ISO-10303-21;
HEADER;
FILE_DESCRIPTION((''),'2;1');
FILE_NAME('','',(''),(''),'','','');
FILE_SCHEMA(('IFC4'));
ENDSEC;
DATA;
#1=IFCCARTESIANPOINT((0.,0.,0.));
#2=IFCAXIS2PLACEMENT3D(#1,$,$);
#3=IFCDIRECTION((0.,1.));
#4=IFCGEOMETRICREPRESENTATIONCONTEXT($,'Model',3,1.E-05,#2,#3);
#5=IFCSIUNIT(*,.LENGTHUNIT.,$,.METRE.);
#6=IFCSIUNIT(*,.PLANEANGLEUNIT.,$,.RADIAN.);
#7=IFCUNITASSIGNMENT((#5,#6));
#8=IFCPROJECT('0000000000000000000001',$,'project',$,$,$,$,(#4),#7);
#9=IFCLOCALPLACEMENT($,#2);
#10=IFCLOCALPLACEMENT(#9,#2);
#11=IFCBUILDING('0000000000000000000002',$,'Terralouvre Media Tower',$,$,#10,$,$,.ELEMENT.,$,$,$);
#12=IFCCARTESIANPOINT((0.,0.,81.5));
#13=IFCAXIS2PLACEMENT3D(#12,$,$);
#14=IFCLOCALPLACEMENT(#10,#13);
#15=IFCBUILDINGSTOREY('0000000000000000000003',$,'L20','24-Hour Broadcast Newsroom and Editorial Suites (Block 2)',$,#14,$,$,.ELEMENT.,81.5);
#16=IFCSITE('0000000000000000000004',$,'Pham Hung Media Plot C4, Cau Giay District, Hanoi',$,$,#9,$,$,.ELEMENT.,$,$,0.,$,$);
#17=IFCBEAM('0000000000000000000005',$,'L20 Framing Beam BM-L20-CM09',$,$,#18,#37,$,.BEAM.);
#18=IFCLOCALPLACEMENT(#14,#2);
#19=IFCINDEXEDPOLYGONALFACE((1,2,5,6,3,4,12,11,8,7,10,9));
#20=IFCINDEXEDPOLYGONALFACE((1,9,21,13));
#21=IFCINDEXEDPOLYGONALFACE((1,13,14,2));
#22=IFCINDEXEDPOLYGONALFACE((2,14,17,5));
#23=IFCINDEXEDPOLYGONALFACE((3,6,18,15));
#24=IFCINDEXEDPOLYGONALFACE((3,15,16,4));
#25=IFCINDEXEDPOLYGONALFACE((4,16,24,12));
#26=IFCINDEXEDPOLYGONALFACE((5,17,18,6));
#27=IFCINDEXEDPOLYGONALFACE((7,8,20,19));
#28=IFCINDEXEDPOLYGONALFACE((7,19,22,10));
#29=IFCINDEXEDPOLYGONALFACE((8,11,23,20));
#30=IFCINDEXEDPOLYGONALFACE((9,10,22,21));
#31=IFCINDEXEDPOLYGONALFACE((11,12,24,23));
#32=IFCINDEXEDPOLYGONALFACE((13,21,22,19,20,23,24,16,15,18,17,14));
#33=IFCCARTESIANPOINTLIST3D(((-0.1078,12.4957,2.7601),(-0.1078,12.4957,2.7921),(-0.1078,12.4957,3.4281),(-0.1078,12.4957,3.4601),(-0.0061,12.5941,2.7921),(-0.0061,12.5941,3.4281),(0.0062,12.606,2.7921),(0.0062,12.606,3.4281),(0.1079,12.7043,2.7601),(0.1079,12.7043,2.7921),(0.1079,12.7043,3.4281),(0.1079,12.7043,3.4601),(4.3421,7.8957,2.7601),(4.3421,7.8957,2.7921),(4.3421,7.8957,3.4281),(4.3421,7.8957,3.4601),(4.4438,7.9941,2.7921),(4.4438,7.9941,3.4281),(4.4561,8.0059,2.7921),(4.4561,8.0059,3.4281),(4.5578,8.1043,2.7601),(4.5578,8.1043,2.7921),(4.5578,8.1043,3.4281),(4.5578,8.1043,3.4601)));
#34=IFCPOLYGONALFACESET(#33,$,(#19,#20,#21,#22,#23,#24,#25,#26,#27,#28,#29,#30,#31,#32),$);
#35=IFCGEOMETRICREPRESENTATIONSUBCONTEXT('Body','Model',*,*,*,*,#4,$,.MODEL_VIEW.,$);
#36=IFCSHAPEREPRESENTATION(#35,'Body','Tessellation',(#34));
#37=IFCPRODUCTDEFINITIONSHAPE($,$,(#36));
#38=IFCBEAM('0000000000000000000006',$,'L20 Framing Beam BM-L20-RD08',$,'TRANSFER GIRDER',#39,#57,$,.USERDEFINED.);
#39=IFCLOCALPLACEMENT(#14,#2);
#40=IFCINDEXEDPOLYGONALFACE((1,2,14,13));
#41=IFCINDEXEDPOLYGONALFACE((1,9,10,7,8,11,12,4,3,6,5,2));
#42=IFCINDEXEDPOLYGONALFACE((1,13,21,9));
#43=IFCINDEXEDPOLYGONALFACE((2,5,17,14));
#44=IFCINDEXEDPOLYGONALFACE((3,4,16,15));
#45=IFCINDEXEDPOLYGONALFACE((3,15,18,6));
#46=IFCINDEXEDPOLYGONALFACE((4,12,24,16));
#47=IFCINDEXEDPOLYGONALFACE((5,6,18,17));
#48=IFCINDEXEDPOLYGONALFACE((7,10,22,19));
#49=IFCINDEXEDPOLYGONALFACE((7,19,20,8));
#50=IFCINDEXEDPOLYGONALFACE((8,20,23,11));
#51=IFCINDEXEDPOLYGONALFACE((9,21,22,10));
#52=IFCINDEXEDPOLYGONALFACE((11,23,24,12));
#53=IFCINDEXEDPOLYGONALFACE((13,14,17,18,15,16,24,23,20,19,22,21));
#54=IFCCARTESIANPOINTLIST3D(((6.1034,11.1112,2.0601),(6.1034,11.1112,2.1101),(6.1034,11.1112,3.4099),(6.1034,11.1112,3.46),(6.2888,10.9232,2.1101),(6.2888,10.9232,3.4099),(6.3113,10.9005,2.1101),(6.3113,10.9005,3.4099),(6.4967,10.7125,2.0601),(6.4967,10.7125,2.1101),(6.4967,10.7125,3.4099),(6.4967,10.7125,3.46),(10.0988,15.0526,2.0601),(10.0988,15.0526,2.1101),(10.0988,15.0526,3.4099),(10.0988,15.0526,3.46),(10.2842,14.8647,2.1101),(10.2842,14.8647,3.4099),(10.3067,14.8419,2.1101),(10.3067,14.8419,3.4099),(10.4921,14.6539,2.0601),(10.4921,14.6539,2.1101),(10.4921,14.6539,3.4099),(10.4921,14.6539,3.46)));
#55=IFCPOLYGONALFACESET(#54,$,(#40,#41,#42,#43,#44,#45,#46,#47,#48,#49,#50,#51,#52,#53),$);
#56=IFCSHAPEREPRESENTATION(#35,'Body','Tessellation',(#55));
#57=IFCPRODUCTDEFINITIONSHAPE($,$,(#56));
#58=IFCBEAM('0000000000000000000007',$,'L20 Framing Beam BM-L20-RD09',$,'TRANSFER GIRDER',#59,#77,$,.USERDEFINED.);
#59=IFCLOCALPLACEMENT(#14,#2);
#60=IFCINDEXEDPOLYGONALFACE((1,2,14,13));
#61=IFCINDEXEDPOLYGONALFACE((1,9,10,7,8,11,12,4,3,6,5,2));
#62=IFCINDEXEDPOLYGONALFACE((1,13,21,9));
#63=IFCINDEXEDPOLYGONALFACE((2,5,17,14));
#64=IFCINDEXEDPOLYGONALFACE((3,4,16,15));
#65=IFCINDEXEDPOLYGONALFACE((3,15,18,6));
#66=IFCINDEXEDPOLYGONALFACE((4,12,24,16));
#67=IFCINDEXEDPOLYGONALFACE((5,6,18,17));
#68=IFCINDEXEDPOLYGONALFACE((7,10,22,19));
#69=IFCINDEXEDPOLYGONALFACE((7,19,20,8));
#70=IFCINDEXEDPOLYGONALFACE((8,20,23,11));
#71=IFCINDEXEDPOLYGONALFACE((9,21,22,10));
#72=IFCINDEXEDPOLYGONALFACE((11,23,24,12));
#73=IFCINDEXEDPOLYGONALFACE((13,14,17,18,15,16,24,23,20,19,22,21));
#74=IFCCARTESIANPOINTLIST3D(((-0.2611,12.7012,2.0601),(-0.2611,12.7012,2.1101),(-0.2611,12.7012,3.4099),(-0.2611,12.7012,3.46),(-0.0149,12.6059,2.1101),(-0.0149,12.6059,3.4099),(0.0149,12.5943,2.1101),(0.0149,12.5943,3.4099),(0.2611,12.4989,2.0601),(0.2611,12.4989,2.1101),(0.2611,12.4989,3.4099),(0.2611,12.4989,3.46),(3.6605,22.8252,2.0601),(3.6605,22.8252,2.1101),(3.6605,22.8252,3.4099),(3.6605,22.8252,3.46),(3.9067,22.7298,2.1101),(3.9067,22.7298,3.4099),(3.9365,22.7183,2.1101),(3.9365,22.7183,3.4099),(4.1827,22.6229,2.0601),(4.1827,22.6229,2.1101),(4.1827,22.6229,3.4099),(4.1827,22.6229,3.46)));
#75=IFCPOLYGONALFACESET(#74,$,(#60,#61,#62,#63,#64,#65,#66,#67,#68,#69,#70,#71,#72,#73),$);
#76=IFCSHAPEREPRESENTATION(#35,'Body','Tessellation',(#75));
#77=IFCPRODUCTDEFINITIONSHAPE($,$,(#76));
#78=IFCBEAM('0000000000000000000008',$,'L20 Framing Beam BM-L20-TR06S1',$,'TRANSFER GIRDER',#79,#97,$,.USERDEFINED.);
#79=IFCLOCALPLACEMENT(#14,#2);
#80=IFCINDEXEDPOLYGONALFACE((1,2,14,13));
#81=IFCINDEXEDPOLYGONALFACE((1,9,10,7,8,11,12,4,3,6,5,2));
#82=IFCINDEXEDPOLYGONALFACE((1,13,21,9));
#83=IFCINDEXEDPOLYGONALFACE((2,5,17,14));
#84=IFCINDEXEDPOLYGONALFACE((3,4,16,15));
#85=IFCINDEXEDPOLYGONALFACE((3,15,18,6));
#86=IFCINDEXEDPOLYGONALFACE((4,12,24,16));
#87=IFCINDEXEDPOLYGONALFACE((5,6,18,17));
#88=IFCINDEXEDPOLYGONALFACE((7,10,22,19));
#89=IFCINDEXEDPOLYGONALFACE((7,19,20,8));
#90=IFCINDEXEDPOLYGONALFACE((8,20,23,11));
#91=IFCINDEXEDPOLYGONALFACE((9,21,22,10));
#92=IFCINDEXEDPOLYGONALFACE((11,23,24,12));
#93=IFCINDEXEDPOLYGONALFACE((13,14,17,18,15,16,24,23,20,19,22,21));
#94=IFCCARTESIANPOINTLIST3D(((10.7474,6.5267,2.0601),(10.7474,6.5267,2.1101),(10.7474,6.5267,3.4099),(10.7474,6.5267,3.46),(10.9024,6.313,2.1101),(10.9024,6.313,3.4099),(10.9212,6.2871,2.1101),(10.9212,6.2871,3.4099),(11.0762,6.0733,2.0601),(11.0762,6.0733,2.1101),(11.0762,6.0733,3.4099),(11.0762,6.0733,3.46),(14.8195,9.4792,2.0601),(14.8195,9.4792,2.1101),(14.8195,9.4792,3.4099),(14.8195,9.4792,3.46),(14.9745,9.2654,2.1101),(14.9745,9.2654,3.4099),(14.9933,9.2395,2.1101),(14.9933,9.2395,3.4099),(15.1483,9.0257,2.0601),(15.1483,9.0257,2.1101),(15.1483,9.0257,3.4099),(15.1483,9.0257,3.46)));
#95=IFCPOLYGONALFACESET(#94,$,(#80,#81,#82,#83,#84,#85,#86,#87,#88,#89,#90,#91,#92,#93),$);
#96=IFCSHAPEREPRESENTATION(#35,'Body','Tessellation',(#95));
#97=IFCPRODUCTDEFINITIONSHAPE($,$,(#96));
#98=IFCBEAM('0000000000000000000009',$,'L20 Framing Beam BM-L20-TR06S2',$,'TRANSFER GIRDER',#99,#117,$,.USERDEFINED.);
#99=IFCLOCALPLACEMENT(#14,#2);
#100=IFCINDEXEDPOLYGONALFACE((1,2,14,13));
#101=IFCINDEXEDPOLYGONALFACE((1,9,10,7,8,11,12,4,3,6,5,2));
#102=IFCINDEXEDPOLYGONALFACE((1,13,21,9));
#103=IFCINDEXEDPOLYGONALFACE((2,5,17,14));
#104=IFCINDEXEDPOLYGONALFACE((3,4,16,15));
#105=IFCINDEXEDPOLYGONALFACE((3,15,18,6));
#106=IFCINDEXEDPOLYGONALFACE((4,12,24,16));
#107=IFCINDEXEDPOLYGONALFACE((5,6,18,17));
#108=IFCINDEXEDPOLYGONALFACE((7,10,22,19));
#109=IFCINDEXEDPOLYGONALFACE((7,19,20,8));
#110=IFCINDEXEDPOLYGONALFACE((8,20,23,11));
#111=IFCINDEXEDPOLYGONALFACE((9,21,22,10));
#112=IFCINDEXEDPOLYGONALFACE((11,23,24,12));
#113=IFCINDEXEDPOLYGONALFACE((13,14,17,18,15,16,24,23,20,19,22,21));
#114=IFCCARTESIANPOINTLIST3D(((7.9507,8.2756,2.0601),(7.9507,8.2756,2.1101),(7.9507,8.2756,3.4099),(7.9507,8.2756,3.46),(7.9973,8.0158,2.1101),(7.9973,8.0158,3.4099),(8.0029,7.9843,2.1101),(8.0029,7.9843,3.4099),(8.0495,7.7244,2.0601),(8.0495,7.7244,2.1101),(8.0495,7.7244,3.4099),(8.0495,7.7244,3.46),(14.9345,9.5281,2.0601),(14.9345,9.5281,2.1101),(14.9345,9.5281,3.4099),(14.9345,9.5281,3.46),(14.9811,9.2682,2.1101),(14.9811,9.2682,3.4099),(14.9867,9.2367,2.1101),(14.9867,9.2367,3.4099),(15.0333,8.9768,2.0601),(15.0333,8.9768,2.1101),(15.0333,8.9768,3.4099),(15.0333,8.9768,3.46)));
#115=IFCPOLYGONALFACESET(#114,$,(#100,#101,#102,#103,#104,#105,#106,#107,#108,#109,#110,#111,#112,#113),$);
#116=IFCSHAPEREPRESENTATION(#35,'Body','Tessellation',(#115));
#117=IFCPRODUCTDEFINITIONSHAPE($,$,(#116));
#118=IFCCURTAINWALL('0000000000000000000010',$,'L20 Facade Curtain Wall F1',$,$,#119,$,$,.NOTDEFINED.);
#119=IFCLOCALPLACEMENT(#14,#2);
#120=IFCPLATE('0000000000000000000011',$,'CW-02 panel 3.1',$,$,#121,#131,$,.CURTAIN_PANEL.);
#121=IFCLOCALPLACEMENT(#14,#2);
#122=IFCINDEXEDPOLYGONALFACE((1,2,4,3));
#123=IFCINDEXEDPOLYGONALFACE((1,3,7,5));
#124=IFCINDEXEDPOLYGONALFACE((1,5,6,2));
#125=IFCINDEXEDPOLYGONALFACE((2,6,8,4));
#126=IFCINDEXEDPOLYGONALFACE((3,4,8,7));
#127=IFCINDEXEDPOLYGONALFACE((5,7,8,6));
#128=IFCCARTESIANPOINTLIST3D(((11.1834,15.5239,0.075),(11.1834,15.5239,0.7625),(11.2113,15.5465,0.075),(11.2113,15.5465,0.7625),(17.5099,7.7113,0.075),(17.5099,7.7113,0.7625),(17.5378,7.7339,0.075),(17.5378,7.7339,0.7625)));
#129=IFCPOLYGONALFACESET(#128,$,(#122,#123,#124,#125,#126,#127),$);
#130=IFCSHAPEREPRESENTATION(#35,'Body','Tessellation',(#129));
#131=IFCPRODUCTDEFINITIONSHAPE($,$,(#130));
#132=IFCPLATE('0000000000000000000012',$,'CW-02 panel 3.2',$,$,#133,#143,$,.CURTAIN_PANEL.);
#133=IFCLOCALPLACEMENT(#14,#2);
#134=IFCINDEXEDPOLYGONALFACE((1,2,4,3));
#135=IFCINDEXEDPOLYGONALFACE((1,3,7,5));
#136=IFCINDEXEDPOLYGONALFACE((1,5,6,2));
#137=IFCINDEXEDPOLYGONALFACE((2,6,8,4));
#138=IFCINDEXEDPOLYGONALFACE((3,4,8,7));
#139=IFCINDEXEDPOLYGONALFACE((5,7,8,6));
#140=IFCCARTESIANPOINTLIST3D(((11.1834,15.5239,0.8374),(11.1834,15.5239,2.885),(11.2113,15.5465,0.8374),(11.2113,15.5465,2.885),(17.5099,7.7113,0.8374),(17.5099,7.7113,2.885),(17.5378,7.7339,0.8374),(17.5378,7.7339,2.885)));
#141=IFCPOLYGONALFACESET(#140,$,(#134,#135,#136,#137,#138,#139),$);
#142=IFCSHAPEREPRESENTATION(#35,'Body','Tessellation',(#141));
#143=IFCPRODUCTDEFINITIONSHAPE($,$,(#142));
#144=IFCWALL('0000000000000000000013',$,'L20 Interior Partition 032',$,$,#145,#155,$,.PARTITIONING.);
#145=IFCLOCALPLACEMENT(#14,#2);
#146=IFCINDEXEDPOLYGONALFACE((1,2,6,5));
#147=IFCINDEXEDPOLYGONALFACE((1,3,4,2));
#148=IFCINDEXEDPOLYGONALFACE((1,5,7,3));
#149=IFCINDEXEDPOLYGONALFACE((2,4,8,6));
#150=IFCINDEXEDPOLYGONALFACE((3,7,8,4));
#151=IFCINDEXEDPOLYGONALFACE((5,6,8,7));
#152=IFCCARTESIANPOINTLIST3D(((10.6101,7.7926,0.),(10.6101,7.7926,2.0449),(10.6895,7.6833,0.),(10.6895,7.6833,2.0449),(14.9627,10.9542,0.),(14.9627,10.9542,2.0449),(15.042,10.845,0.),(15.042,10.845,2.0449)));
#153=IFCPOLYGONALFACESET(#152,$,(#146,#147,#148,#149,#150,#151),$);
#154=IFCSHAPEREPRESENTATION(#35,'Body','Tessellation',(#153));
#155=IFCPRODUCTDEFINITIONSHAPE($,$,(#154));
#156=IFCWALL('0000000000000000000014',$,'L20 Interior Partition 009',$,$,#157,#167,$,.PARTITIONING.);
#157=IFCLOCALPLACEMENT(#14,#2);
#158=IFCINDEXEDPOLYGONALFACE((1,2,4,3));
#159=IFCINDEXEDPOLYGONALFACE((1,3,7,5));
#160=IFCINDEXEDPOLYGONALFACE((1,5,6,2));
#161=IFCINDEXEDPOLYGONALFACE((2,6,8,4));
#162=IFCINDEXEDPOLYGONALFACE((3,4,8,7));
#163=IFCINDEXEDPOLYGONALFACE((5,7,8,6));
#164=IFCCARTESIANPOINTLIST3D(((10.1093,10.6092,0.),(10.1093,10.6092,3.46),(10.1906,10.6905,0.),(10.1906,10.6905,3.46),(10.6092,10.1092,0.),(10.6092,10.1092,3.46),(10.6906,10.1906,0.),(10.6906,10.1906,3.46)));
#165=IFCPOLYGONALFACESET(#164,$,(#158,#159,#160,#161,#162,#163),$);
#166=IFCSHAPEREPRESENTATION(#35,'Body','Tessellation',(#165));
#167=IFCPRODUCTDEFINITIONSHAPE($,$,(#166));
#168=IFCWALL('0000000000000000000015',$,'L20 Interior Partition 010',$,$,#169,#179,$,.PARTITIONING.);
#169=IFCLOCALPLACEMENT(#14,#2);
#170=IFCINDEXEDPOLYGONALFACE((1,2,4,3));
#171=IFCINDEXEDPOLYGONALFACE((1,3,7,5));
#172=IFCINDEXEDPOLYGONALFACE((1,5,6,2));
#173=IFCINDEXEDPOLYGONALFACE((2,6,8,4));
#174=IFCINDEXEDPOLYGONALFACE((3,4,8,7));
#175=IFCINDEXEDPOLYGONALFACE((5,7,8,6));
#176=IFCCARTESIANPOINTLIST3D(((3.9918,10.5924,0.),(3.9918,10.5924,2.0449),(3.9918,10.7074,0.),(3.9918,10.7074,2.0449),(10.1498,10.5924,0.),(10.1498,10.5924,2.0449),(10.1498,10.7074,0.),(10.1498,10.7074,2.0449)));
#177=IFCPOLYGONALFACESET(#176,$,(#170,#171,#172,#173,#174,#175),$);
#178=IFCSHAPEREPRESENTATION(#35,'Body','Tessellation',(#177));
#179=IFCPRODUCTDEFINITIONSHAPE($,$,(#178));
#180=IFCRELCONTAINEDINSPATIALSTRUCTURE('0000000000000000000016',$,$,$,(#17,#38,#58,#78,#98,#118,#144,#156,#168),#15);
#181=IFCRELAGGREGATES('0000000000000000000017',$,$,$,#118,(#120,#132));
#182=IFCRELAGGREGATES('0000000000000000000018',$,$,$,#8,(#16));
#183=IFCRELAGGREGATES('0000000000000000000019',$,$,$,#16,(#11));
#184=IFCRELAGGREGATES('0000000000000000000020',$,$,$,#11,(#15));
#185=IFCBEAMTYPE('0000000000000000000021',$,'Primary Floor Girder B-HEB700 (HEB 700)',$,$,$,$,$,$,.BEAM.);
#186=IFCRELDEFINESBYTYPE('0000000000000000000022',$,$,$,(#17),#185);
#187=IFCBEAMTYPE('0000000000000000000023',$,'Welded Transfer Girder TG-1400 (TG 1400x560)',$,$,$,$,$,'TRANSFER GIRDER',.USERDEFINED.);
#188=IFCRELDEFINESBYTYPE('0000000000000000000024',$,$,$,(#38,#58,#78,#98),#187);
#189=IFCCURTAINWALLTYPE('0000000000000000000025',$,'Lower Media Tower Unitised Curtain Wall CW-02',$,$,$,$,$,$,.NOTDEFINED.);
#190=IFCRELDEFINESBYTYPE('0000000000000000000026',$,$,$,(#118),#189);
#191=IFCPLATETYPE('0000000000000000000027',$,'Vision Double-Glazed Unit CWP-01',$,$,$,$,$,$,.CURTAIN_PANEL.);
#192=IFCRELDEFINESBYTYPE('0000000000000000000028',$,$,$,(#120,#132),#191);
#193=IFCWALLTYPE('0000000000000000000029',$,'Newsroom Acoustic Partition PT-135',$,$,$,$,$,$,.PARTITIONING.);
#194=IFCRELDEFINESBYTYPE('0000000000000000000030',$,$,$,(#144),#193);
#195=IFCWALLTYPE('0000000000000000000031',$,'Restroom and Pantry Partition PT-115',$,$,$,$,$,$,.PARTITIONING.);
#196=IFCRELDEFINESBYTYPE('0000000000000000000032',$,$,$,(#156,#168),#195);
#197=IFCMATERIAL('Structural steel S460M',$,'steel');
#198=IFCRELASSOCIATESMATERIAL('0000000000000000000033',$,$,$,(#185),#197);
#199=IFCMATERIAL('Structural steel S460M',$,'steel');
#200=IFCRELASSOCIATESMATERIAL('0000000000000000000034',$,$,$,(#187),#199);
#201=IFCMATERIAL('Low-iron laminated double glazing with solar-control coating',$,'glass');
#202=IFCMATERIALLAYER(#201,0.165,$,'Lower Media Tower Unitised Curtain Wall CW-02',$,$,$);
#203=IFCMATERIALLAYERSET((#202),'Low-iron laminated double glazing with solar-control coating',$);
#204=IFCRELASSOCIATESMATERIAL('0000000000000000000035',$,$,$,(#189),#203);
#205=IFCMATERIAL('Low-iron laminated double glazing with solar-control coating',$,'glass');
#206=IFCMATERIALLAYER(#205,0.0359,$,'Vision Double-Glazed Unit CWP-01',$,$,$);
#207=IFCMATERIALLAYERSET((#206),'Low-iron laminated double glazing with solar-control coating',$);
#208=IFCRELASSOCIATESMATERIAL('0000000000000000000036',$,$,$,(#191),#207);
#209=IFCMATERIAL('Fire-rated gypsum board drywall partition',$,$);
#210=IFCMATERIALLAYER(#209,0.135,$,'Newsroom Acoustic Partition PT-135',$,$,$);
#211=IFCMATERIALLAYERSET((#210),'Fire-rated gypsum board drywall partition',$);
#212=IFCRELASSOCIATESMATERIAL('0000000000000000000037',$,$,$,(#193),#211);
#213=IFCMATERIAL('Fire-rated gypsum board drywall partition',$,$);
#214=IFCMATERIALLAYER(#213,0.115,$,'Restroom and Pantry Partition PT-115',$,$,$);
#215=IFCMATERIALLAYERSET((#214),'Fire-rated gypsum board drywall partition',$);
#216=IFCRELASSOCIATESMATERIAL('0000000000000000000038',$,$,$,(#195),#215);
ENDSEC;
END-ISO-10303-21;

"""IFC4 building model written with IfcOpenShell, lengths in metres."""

from ifc_helpers import new_model, si_unit, direction, frame, frame_2d, origin, origin_2d, place, context, subcontext, project, spatial, rectangle, i_section, extrude, material, layer, layer_set, material_profile, profile_set, type_object, element, aggregate, save


model = new_model("IFC4")

# Units and contexts
model_context = context("Model", 3, precision=1e-05, world=origin(), true_north=direction((0.0, 1.0)))
body_context = subcontext(model_context, "Body", "Model", "MODEL_VIEW")
ifc_project = project(units=[si_unit("LENGTHUNIT", "METRE"), si_unit("PLANEANGLEUNIT", "RADIAN")], contexts=[model_context])

# Site, building, storey
site_placement = place(None, origin())
site = spatial("IfcSite", under=ifc_project, at=site_placement, Name="Pham Hung Media Plot C4, Cau Giay District, Hanoi", CompositionType="ELEMENT", RefElevation=0.0)
building_placement = place(site_placement, origin())
building = spatial("IfcBuilding", under=site, at=building_placement, Name="Terralouvre Media Tower", CompositionType="ELEMENT")
storey_placement = place(building_placement, frame((0.0, 0.0, 81.5)))
storey = spatial("IfcBuildingStorey", under=building, at=storey_placement, Name="L20", Description="24-Hour Broadcast Newsroom and Editorial Suites (Block 2)", CompositionType="ELEMENT", Elevation=81.5)

# Beams
ifc_material_1 = material(Name="Structural steel S460M", Category="steel")
ifc_material_profile_1 = material_profile(ifc_material_1, i_section(OverallWidth=0.3, OverallDepth=0.7, WebThickness=0.0171, FlangeThickness=0.032, at=origin_2d()), Name="HEB 700")
ifc_profile_set_1 = profile_set([ifc_material_profile_1], Name="Structural steel S460M")
beam_type_1 = type_object("IfcBeamType", Name="Primary Floor Girder B-HEB700 (HEB 700)", PredefinedType="BEAM", material=ifc_profile_set_1)
beam_1_placement = place(storey_placement, frame((4.45, 8.0, 3.1101), z_axis=(-0.69528, 0.718739, 0.0), x_axis=(-0.718739, -0.69528, 0.0)))
element("IfcBeam", 1, at=beam_1_placement, inside=storey, type_object=beam_type_1, Name="L20 Framing Beam BM-L20-CM09", PredefinedType="BEAM", context=body_context, shape_type="SweptSolid", body=[
    extrude(i_section(OverallWidth=0.3, OverallDepth=0.7, WebThickness=0.0171, FlangeThickness=0.032, at=origin_2d()), origin(), (0.0, 0.0, 1.0), 6.4001),
])
ifc_material_2 = material(Name="Structural steel S460M", Category="steel")
ifc_material_profile_2 = material_profile(ifc_material_2, i_section(OverallWidth=0.5601, OverallDepth=1.3999, WebThickness=0.032, FlangeThickness=0.05, at=origin_2d()), Name="TG 1400x560")
ifc_profile_set_2 = profile_set([ifc_material_profile_2], Name="Structural steel S460M")
beam_type_2 = type_object("IfcBeamType", Name="Welded Transfer Girder TG-1400 (TG 1400x560)", ElementType="TRANSFER GIRDER", PredefinedType="USERDEFINED", material=ifc_profile_set_2)
beam_2_placement = place(storey_placement, frame((6.3, 10.9119, 2.76), z_axis=(0.711897, 0.702284, 0.0), x_axis=(-0.702284, 0.711897, 0.0)))
element("IfcBeam", 2, at=beam_2_placement, inside=storey, type_object=beam_type_2, Name="L20 Framing Beam BM-L20-RD08", ObjectType="TRANSFER GIRDER", PredefinedType="USERDEFINED", context=body_context, shape_type="SweptSolid", body=[
    extrude(i_section(OverallWidth=0.5601, OverallDepth=1.3999, WebThickness=0.032, FlangeThickness=0.05, at=origin_2d()), origin(), (0.0, 0.0, 1.0), 5.6123),
])
beam_3_placement = place(storey_placement, frame((0.0, 12.6001, 2.76), z_axis=(0.361207, 0.932486, 0.0), x_axis=(-0.932486, 0.361207, 0.0)))
element("IfcBeam", 3, at=beam_3_placement, inside=storey, type_object=beam_type_2, Name="L20 Framing Beam BM-L20-RD09", ObjectType="TRANSFER GIRDER", PredefinedType="USERDEFINED", context=body_context, shape_type="SweptSolid", body=[
    extrude(i_section(OverallWidth=0.5601, OverallDepth=1.3999, WebThickness=0.032, FlangeThickness=0.05, at=origin_2d()), origin(), (0.0, 0.0, 1.0), 10.8569),
])
beam_4_placement = place(storey_placement, frame((14.9839, 9.2524, 2.76), z_axis=(-0.809594, -0.586991, 0.0), x_axis=(0.586991, -0.809594, 0.0)))
element("IfcBeam", 4, at=beam_4_placement, inside=storey, type_object=beam_type_2, Name="L20 Framing Beam BM-L20-TR06S1", ObjectType="TRANSFER GIRDER", PredefinedType="USERDEFINED", context=body_context, shape_type="SweptSolid", body=[
    extrude(i_section(OverallWidth=0.5601, OverallDepth=1.3999, WebThickness=0.032, FlangeThickness=0.05, at=origin_2d()), origin(), (0.0, 0.0, 1.0), 5.0298),
])
beam_5_placement = place(storey_placement, frame((14.9839, 9.2524, 2.76), z_axis=(-0.984298, -0.176517, 0.0), x_axis=(0.176517, -0.984298, 0.0)))
element("IfcBeam", 5, at=beam_5_placement, inside=storey, type_object=beam_type_2, Name="L20 Framing Beam BM-L20-TR06S2", ObjectType="TRANSFER GIRDER", PredefinedType="USERDEFINED", context=body_context, shape_type="SweptSolid", body=[
    extrude(i_section(OverallWidth=0.5601, OverallDepth=1.3999, WebThickness=0.032, FlangeThickness=0.05, at=origin_2d()), origin(), (0.0, 0.0, 1.0), 7.0952),
])

# Curtain wall, plates
ifc_material_3 = material(Name="Low-iron laminated double glazing with solar-control coating", Category="glass")
ifc_layer_1 = layer(ifc_material_3, 0.165, Name="Lower Media Tower Unitised Curtain Wall CW-02")
ifc_layer_set_1 = layer_set([ifc_layer_1], Name="Low-iron laminated double glazing with solar-control coating")
curtain_wall_type = type_object("IfcCurtainWallType", Name="Lower Media Tower Unitised Curtain Wall CW-02", PredefinedType="NOTDEFINED", material=ifc_layer_set_1)
curtain_wall_placement = place(storey_placement, origin())
curtain_wall = element("IfcCurtainWall", 6, at=curtain_wall_placement, inside=storey, type_object=curtain_wall_type, Name="L20 Facade Curtain Wall F1", PredefinedType="NOTDEFINED")
ifc_material_4 = material(Name="Low-iron laminated double glazing with solar-control coating", Category="glass")
ifc_layer_2 = layer(ifc_material_4, 0.0359, Name="Vision Double-Glazed Unit CWP-01")
ifc_layer_set_2 = layer_set([ifc_layer_2], Name="Low-iron laminated double glazing with solar-control coating")
plate_type = type_object("IfcPlateType", Name="Vision Double-Glazed Unit CWP-01", PredefinedType="CURTAIN_PANEL", material=ifc_layer_set_2)
plate_1_placement = place(storey_placement, frame((14.3606, 11.6289, 0.075), z_axis=(0.0, 0.0, 1.0), x_axis=(-0.62932, 0.777146, 0.0)))
plate_1 = element("IfcPlate", 7, at=plate_1_placement, type_object=plate_type, Name="CW-02 panel 3.1", PredefinedType="CURTAIN_PANEL", context=body_context, shape_type="SweptSolid", body=[
    extrude(rectangle(XDim=10.053, YDim=0.0359, at=origin_2d()), origin(), (0.0, 0.0, 1.0), 0.6875),
])
plate_2_placement = place(storey_placement, frame((14.3606, 11.6289, 0.8374), z_axis=(0.0, 0.0, 1.0), x_axis=(-0.62932, 0.777146, 0.0)))
plate_2 = element("IfcPlate", 8, at=plate_2_placement, type_object=plate_type, Name="CW-02 panel 3.2", PredefinedType="CURTAIN_PANEL", context=body_context, shape_type="SweptSolid", body=[
    extrude(rectangle(XDim=10.053, YDim=0.0359, at=origin_2d()), origin(), (0.0, 0.0, 1.0), 2.0476),
])
aggregate(curtain_wall, [plate_1, plate_2])

# Walls
ifc_material_5 = material(Name="Fire-rated gypsum board drywall partition")
ifc_layer_3 = layer(ifc_material_5, 0.135, Name="Newsroom Acoustic Partition PT-135")
ifc_layer_set_3 = layer_set([ifc_layer_3], Name="Fire-rated gypsum board drywall partition")
wall_type_1 = type_object("IfcWallType", Name="Newsroom Acoustic Partition PT-135", PredefinedType="PARTITIONING", material=ifc_layer_set_3)
wall_1_placement = place(storey_placement, frame((15.0024, 10.8997, 0.0), z_axis=(0.0, 0.0, 1.0), x_axis=(-0.809077, -0.587702, 0.0)))
element("IfcWall", 9, at=wall_1_placement, inside=storey, type_object=wall_type_1, Name="L20 Interior Partition 032", PredefinedType="PARTITIONING", context=body_context, shape_type="SweptSolid", body=[
    extrude(rectangle(XDim=5.3796, YDim=0.135, at=frame_2d((2.6899, 0.0))), origin(), (0.0, 0.0, 1.0), 2.0449),
])
ifc_material_6 = material(Name="Fire-rated gypsum board drywall partition")
ifc_layer_4 = layer(ifc_material_6, 0.115, Name="Restroom and Pantry Partition PT-115")
ifc_layer_set_4 = layer_set([ifc_layer_4], Name="Fire-rated gypsum board drywall partition")
wall_type_2 = type_object("IfcWallType", Name="Restroom and Pantry Partition PT-115", PredefinedType="PARTITIONING", material=ifc_layer_set_4)
wall_2_placement = place(storey_placement, frame((10.6499, 10.1499, 0.0), z_axis=(0.0, 0.0, 1.0), x_axis=(-0.707107, 0.707107, 0.0)))
element("IfcWall", 10, at=wall_2_placement, inside=storey, type_object=wall_type_2, Name="L20 Interior Partition 009", PredefinedType="PARTITIONING", context=body_context, shape_type="SweptSolid", body=[
    extrude(rectangle(XDim=0.707, YDim=0.115, at=frame_2d((0.3535, 0.0))), origin(), (0.0, 0.0, 1.0), 3.46),
])
wall_3_placement = place(storey_placement, frame((10.1499, 10.6499, 0.0), z_axis=(0.0, 0.0, 1.0), x_axis=(-1.0, 0.0, 0.0)))
element("IfcWall", 11, at=wall_3_placement, inside=storey, type_object=wall_type_2, Name="L20 Interior Partition 010", PredefinedType="PARTITIONING", context=body_context, shape_type="SweptSolid", body=[
    extrude(rectangle(XDim=6.158, YDim=0.115, at=frame_2d((3.0791, 0.0))), origin(), (0.0, 0.0, 1.0), 2.0449),
])

save(model, "model.ifc")
